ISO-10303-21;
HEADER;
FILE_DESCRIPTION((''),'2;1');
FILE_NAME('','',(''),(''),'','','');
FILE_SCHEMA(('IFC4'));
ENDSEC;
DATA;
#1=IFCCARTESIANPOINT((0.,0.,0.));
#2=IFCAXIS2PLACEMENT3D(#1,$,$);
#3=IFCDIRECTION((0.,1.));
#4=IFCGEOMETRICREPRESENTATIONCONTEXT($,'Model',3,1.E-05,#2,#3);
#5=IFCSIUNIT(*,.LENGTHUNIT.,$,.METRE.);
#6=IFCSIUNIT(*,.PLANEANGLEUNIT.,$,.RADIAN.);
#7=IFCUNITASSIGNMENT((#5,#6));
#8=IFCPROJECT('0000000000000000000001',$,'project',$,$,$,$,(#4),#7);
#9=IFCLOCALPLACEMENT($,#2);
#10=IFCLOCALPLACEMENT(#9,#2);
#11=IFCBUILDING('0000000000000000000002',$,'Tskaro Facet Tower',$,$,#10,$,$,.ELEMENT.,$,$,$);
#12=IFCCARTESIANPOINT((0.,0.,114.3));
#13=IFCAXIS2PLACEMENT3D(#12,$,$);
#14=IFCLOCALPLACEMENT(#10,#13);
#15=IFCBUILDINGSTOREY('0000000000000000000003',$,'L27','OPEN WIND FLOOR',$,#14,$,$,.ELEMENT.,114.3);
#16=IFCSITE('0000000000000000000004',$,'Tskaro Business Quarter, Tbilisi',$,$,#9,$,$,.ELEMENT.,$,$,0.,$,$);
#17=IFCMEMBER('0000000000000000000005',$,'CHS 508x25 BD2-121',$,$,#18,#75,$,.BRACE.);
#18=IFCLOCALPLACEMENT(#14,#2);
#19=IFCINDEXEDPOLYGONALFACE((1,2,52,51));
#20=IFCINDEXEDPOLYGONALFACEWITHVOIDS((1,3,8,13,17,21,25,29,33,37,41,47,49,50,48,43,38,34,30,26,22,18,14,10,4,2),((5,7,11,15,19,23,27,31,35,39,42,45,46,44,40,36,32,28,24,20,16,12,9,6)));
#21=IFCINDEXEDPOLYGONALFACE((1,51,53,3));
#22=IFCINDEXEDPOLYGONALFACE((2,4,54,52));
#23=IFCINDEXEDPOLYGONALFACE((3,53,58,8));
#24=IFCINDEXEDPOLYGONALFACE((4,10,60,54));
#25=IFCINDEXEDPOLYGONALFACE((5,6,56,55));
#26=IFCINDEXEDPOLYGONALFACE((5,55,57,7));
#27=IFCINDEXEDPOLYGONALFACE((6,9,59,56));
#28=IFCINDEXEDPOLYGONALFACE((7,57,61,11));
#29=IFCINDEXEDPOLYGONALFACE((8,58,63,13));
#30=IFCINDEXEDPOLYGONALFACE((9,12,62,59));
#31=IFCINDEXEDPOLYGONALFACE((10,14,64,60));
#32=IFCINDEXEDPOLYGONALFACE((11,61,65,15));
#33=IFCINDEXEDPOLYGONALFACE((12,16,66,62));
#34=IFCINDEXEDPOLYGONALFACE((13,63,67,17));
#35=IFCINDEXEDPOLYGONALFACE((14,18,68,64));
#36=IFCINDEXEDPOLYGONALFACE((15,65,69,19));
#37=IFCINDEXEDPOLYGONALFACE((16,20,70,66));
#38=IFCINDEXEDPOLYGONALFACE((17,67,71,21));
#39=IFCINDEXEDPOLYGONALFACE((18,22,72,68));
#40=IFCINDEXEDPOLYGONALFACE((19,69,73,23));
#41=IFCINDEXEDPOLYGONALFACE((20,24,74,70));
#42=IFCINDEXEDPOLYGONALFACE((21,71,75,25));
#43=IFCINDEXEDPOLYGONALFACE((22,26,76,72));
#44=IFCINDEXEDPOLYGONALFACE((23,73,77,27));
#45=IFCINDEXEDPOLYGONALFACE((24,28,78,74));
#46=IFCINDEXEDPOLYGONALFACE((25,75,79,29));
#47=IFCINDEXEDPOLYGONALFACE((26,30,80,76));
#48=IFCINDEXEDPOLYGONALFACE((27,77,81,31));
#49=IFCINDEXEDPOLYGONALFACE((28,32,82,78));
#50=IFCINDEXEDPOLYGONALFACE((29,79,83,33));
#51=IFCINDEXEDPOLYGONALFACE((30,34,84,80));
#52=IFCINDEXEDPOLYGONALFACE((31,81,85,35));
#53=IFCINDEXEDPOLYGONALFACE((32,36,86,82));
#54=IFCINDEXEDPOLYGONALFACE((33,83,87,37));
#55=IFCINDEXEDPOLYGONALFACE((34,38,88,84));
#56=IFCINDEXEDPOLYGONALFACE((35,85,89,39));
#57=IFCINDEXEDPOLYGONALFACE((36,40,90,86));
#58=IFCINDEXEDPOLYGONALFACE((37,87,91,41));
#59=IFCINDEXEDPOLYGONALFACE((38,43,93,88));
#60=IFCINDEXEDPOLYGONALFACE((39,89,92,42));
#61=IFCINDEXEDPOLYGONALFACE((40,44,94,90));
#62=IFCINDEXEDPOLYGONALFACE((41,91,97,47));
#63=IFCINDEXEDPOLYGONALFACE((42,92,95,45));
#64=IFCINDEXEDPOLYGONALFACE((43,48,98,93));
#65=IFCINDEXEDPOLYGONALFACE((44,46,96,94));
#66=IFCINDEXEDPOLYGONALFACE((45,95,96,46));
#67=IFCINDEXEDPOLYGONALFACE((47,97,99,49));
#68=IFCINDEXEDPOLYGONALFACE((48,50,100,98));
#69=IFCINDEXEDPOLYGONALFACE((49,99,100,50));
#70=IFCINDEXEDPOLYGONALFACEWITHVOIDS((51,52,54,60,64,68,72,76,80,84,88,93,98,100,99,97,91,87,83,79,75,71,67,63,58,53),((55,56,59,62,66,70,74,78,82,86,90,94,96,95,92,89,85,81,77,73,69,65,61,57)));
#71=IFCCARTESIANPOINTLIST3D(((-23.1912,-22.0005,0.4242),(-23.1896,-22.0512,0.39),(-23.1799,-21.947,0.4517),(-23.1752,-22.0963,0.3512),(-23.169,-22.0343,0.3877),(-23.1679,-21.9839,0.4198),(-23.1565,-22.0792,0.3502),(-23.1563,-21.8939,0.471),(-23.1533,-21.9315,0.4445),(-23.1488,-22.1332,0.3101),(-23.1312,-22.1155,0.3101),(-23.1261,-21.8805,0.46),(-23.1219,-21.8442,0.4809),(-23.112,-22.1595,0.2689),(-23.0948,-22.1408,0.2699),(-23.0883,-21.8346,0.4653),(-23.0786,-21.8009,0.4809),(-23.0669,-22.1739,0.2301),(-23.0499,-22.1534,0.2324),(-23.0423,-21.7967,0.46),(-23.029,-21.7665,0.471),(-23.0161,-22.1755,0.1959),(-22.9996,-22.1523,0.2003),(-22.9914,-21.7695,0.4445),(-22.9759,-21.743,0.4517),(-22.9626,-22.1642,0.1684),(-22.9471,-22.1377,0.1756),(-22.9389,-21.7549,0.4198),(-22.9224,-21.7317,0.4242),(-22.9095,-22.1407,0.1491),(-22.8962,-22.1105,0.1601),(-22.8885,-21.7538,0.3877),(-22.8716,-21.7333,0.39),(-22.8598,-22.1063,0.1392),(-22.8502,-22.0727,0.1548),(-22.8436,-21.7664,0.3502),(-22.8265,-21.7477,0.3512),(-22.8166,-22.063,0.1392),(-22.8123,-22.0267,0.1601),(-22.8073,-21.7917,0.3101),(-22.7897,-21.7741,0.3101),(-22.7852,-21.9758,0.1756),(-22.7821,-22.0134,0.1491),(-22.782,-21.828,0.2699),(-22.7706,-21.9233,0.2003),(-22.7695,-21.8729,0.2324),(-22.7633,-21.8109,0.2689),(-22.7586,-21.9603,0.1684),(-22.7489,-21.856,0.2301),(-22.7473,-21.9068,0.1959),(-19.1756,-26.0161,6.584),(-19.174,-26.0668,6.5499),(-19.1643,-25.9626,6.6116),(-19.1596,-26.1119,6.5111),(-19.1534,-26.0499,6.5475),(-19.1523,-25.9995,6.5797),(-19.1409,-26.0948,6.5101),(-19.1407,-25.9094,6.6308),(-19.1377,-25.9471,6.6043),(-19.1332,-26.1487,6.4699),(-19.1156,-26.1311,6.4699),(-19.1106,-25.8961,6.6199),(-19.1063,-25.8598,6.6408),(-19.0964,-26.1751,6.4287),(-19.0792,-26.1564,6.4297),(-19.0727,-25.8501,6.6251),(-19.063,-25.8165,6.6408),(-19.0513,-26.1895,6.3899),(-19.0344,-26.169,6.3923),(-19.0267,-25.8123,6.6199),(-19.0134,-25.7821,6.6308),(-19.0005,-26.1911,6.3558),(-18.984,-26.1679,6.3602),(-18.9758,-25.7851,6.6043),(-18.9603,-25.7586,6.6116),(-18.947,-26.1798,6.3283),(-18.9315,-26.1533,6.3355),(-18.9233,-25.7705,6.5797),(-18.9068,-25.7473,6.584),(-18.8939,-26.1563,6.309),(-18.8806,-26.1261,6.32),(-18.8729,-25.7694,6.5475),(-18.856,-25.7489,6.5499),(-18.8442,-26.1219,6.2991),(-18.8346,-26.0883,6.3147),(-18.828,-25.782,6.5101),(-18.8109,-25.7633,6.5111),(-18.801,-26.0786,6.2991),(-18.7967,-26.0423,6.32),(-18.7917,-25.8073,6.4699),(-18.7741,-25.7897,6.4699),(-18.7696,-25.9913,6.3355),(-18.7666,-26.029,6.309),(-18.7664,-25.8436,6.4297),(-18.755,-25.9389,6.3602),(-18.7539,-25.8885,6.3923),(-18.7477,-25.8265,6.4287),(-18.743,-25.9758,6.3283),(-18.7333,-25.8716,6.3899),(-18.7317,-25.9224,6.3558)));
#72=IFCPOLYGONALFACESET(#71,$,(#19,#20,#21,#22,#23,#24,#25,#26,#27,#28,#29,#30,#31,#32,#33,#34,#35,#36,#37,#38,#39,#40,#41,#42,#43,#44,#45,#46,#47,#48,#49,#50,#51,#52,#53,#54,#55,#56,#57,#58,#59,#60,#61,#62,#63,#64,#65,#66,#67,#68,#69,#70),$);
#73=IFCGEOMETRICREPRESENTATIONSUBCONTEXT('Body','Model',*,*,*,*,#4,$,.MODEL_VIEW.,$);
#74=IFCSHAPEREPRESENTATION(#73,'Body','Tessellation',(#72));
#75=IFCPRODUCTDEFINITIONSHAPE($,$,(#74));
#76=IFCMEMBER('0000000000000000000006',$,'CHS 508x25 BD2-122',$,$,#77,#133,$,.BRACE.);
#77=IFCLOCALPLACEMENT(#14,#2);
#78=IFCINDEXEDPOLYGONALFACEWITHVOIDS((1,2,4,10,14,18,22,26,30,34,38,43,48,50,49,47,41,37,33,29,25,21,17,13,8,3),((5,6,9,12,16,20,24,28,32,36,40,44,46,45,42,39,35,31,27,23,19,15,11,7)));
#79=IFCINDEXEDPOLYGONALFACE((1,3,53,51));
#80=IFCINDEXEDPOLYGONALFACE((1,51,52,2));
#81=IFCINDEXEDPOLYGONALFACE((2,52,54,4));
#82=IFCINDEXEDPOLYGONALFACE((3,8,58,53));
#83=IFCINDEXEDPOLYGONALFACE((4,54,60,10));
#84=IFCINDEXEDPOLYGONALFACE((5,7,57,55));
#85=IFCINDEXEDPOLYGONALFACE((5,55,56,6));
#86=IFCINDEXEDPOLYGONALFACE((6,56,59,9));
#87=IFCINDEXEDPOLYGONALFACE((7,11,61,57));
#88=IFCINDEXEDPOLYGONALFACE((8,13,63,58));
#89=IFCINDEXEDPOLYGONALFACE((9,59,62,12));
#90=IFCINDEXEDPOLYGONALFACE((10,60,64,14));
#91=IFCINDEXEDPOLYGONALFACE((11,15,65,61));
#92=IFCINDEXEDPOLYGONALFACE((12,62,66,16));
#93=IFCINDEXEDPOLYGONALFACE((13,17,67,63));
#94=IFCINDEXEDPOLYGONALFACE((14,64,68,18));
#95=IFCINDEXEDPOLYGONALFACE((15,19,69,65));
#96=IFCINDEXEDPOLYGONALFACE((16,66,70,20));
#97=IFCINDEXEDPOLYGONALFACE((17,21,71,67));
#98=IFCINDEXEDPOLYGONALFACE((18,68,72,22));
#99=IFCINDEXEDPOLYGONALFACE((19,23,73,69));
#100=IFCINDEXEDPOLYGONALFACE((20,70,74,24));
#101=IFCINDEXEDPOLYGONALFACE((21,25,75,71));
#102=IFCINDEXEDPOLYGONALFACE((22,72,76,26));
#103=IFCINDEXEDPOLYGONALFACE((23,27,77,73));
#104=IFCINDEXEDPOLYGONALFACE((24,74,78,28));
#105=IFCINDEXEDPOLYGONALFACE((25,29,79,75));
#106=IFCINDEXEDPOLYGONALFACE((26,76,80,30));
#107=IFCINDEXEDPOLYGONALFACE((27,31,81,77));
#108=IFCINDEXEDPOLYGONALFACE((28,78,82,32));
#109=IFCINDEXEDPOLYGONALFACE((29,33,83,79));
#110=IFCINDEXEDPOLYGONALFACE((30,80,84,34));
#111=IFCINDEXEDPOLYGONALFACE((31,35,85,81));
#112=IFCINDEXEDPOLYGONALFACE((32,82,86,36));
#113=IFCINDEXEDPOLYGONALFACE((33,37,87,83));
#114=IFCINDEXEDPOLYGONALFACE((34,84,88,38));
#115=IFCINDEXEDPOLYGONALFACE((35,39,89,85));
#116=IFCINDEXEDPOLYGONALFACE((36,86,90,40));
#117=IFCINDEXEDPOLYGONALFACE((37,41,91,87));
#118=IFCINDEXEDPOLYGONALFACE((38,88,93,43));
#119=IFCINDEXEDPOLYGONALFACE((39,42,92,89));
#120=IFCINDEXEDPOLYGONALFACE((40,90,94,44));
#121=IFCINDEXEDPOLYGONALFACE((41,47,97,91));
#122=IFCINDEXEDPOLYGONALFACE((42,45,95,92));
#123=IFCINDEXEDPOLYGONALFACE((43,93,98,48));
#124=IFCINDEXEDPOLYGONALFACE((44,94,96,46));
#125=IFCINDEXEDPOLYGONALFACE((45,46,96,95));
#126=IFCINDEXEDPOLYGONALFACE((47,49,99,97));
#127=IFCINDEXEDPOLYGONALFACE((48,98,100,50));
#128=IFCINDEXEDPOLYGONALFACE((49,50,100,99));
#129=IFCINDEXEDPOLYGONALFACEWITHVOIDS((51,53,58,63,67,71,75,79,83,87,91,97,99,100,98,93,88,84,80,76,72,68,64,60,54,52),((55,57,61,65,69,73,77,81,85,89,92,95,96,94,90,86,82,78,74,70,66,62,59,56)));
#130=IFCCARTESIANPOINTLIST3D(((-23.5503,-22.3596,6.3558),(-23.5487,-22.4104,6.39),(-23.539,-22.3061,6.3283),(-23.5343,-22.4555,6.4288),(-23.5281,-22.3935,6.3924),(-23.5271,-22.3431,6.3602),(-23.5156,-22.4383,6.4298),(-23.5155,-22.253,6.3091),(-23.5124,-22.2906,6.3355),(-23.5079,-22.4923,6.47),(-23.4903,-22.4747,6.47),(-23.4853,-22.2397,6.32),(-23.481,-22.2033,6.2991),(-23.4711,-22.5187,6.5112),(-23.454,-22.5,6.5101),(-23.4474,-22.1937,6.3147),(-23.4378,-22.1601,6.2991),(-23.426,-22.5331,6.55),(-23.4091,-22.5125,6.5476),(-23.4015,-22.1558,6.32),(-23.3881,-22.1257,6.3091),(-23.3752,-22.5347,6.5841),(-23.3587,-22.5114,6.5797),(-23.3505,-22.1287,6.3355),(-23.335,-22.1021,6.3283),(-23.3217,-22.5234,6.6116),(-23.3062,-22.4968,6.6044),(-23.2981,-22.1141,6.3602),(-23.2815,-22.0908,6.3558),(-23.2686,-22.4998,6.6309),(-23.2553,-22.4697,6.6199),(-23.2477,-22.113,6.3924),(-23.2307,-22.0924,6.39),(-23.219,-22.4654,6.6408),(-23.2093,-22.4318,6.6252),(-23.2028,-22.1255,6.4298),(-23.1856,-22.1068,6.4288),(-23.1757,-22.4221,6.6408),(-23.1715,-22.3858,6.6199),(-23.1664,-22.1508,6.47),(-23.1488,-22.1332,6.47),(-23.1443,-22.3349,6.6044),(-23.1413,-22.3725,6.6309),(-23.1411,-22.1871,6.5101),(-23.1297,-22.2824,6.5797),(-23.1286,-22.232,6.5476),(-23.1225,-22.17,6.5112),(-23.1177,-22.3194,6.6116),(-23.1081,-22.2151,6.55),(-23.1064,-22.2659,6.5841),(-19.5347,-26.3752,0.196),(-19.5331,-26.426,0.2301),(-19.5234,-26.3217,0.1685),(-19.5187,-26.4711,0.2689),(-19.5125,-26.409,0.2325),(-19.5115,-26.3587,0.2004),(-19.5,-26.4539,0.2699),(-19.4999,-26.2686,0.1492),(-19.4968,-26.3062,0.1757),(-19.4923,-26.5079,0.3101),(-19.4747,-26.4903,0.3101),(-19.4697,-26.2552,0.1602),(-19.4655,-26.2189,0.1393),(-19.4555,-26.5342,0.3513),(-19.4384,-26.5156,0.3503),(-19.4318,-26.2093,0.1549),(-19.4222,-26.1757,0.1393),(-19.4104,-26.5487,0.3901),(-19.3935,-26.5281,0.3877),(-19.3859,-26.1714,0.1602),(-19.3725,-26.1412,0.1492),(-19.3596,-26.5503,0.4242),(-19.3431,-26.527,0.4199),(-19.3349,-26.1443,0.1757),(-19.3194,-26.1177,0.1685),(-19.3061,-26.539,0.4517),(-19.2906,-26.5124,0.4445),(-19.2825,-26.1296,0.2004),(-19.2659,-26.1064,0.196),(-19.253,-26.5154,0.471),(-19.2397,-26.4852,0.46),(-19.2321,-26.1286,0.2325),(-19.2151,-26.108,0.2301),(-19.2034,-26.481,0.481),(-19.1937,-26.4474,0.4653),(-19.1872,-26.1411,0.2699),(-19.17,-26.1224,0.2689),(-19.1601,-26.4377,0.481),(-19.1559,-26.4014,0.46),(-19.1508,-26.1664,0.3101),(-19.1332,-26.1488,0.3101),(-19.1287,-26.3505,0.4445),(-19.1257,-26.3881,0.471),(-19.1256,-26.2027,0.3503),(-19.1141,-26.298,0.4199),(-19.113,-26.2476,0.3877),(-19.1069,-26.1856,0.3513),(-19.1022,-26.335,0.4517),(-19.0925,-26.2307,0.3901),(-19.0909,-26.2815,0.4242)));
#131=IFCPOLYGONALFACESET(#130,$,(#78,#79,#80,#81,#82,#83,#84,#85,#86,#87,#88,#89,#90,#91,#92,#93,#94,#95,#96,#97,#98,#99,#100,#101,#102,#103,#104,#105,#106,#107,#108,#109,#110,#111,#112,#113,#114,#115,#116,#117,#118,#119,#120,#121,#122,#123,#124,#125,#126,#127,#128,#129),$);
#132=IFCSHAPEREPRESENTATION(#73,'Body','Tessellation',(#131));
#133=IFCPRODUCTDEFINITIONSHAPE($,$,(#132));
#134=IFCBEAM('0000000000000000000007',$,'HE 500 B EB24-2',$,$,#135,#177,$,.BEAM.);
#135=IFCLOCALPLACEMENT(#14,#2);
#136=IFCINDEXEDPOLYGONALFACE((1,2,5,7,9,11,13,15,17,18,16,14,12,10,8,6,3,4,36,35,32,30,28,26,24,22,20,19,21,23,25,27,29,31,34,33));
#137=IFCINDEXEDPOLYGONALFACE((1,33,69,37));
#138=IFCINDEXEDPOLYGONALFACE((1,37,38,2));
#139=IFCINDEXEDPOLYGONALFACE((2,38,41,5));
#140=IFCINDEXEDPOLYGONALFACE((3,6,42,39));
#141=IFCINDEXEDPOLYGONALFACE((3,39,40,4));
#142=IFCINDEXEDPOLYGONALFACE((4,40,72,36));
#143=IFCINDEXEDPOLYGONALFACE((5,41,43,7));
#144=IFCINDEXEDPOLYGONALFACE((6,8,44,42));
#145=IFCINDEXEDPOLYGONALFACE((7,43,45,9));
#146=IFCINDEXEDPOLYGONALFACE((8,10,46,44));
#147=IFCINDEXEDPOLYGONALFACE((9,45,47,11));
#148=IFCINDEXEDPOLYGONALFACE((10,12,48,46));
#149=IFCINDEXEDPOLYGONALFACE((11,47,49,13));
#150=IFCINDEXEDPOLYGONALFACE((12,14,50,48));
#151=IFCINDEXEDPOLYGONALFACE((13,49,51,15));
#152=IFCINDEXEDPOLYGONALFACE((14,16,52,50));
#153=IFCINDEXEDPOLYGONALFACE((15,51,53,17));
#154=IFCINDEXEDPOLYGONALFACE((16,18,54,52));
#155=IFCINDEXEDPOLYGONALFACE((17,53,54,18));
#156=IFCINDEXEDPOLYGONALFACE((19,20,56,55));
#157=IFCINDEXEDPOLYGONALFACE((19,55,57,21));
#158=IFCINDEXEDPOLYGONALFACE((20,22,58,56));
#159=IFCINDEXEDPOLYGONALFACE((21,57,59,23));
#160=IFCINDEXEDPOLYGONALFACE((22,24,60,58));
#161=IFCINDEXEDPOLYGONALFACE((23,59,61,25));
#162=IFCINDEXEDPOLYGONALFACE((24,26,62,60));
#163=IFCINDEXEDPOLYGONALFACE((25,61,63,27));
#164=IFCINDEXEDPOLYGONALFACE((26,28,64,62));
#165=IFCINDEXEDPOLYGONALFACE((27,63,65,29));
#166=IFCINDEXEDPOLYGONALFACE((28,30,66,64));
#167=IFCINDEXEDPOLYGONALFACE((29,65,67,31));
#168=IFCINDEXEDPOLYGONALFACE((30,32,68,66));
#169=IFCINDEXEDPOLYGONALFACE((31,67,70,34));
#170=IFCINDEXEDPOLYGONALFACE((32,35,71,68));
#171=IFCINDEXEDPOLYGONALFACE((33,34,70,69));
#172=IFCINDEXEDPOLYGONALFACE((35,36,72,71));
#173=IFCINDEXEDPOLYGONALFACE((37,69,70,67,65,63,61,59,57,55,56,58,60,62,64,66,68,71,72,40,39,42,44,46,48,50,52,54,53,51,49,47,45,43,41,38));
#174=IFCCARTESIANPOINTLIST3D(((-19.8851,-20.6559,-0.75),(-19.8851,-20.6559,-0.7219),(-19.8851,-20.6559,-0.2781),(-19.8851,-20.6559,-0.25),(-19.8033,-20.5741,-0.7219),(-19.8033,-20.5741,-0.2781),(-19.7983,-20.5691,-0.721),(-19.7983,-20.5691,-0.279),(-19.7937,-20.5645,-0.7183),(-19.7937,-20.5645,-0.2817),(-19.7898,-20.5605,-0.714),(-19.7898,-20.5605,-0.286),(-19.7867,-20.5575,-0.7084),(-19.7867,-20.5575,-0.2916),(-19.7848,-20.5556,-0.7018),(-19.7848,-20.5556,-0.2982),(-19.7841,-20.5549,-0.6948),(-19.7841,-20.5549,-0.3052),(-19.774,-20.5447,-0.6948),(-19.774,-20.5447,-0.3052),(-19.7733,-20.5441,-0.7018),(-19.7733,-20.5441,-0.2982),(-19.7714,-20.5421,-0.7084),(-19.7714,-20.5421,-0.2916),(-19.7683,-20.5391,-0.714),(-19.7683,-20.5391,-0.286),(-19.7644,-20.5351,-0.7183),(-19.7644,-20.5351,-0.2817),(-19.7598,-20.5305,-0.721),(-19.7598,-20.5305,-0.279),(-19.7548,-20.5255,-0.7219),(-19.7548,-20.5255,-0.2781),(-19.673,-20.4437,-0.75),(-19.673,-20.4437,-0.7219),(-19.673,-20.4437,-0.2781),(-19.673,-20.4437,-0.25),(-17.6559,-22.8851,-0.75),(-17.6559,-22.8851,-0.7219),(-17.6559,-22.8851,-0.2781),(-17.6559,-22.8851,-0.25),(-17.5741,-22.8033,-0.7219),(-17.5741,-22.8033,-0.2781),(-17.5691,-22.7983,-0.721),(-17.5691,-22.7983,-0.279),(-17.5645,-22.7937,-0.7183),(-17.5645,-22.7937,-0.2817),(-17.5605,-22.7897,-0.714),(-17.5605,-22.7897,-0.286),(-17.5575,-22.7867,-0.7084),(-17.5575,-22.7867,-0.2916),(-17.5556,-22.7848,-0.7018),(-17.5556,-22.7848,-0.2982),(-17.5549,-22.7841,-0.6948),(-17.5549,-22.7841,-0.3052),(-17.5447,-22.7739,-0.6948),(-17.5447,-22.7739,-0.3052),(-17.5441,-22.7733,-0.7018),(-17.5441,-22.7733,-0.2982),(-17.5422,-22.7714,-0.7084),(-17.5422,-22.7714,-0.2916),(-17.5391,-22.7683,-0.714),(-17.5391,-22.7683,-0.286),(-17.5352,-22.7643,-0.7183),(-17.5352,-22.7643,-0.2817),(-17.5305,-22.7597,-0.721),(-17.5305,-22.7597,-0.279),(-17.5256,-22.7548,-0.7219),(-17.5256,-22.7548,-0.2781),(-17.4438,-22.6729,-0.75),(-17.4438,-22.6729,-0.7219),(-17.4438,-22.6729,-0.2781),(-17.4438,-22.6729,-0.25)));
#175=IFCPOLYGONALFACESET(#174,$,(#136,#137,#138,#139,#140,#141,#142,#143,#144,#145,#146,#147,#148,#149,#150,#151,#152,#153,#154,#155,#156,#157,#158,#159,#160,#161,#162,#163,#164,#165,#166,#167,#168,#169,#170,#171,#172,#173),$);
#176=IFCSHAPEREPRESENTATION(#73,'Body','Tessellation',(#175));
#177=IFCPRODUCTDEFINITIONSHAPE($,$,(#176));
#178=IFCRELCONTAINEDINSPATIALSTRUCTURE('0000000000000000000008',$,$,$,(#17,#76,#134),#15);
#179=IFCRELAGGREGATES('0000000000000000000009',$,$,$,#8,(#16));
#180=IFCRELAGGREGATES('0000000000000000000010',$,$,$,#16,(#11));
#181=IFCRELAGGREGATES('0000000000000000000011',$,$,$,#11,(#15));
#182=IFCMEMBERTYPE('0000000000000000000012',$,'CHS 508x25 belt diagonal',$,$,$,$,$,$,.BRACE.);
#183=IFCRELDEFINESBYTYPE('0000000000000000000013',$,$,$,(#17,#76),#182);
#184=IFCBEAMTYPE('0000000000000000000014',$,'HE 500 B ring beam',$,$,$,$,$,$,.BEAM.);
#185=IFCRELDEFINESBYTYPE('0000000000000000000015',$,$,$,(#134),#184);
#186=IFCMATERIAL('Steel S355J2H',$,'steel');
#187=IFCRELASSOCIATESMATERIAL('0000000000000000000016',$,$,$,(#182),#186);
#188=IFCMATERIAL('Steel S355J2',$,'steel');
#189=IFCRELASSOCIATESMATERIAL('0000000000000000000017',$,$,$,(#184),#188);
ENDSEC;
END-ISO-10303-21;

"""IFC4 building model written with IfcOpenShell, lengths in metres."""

from ifc_helpers import new_model, si_unit, direction, frame, origin, origin_2d, place, context, subcontext, project, spatial, hollow_circle, i_section, extrude, material, material_profile, profile_set, type_object, element, save


model = new_model("IFC4")

# Units and contexts
model_context = context("Model", 3, precision=1e-05, world=origin(), true_north=direction((0.0, 1.0)))
body_context = subcontext(model_context, "Body", "Model", "MODEL_VIEW")
ifc_project = project(units=[si_unit("LENGTHUNIT", "METRE"), si_unit("PLANEANGLEUNIT", "RADIAN")], contexts=[model_context])

# Site, building, storey
site_placement = place(None, origin())
site = spatial("IfcSite", under=ifc_project, at=site_placement, Name="Tskaro Business Quarter, Tbilisi", CompositionType="ELEMENT", RefElevation=0.0)
building_placement = place(site_placement, origin())
building = spatial("IfcBuilding", under=site, at=building_placement, Name="Tskaro Facet Tower", CompositionType="ELEMENT")
storey_placement = place(building_placement, frame((0.0, 0.0, 114.3)))
storey = spatial("IfcBuildingStorey", under=building, at=storey_placement, Name="L27", Description="OPEN WIND FLOOR", CompositionType="ELEMENT", Elevation=114.3)

# Shared definitions
ifc_material_1 = material(Name="Steel S355J2H", Category="steel")

# Shared definitions
ifc_material_2 = material(Name="Steel S355J2", Category="steel")

# Members
ifc_material_profile_1 = material_profile(ifc_material_1, hollow_circle(Radius=0.2539, WallThickness=0.0249, at=origin_2d()), Name="CHS 508x25")
ifc_profile_set_1 = profile_set([ifc_material_profile_1], Name="Steel S355J2H")
member_type_1 = type_object("IfcMemberType", Name="CHS 508x25 belt diagonal", PredefinedType="BRACE", material=ifc_profile_set_1)
for number, where, z_axis, x_axis, name in (
    (1, (-22.9692, -21.9536, 0.3101), (0.479292, -0.479292, 0.735227), (0.707107, 0.707107, 0.0), "CHS 508x25 BD2-121"),
    (2, (-23.3284, -22.3127, 6.47), (0.479292, -0.479292, -0.735227), (0.707107, 0.707107, 0.0), "CHS 508x25 BD2-122"),
):
    element("IfcMember", number, at=place(storey_placement, frame(where, z_axis=z_axis, x_axis=x_axis)), inside=storey, type_object=member_type_1, Name=name, PredefinedType="BRACE", context=body_context, shape_type="SweptSolid", body=[
        extrude(hollow_circle(Radius=0.2539, WallThickness=0.0249, at=origin_2d()), origin(), (0.0, 0.0, 1.0), 8.3782),
    ])

# Beam
ifc_material_profile_2 = material_profile(ifc_material_2, i_section(OverallWidth=0.3, OverallDepth=0.5, WebThickness=0.0144, FlangeThickness=0.0281, FilletRadius=0.0271, at=origin_2d()), Name="HE 500 B")
ifc_profile_set_2 = profile_set([ifc_material_profile_2], Name="Steel S355J2")
beam_type_1 = type_object("IfcBeamType", Name="HE 500 B ring beam", PredefinedType="BEAM", material=ifc_profile_set_2)
beam_1_placement = place(storey_placement, frame((-19.7791, -20.5498, -0.5), z_axis=(0.707107, -0.707107, 0.0), x_axis=(0.707107, 0.707107, 0.0)))
element("IfcBeam", 3, at=beam_1_placement, inside=storey, type_object=beam_type_1, Name="HE 500 B EB24-2", PredefinedType="BEAM", context=body_context, shape_type="SweptSolid", body=[
    extrude(i_section(OverallWidth=0.3, OverallDepth=0.5, WebThickness=0.0144, FlangeThickness=0.0281, FilletRadius=0.0271, at=origin_2d()), origin(), (0.0, 0.0, 1.0), 3.1526),
])

save(model, "model.ifc")
